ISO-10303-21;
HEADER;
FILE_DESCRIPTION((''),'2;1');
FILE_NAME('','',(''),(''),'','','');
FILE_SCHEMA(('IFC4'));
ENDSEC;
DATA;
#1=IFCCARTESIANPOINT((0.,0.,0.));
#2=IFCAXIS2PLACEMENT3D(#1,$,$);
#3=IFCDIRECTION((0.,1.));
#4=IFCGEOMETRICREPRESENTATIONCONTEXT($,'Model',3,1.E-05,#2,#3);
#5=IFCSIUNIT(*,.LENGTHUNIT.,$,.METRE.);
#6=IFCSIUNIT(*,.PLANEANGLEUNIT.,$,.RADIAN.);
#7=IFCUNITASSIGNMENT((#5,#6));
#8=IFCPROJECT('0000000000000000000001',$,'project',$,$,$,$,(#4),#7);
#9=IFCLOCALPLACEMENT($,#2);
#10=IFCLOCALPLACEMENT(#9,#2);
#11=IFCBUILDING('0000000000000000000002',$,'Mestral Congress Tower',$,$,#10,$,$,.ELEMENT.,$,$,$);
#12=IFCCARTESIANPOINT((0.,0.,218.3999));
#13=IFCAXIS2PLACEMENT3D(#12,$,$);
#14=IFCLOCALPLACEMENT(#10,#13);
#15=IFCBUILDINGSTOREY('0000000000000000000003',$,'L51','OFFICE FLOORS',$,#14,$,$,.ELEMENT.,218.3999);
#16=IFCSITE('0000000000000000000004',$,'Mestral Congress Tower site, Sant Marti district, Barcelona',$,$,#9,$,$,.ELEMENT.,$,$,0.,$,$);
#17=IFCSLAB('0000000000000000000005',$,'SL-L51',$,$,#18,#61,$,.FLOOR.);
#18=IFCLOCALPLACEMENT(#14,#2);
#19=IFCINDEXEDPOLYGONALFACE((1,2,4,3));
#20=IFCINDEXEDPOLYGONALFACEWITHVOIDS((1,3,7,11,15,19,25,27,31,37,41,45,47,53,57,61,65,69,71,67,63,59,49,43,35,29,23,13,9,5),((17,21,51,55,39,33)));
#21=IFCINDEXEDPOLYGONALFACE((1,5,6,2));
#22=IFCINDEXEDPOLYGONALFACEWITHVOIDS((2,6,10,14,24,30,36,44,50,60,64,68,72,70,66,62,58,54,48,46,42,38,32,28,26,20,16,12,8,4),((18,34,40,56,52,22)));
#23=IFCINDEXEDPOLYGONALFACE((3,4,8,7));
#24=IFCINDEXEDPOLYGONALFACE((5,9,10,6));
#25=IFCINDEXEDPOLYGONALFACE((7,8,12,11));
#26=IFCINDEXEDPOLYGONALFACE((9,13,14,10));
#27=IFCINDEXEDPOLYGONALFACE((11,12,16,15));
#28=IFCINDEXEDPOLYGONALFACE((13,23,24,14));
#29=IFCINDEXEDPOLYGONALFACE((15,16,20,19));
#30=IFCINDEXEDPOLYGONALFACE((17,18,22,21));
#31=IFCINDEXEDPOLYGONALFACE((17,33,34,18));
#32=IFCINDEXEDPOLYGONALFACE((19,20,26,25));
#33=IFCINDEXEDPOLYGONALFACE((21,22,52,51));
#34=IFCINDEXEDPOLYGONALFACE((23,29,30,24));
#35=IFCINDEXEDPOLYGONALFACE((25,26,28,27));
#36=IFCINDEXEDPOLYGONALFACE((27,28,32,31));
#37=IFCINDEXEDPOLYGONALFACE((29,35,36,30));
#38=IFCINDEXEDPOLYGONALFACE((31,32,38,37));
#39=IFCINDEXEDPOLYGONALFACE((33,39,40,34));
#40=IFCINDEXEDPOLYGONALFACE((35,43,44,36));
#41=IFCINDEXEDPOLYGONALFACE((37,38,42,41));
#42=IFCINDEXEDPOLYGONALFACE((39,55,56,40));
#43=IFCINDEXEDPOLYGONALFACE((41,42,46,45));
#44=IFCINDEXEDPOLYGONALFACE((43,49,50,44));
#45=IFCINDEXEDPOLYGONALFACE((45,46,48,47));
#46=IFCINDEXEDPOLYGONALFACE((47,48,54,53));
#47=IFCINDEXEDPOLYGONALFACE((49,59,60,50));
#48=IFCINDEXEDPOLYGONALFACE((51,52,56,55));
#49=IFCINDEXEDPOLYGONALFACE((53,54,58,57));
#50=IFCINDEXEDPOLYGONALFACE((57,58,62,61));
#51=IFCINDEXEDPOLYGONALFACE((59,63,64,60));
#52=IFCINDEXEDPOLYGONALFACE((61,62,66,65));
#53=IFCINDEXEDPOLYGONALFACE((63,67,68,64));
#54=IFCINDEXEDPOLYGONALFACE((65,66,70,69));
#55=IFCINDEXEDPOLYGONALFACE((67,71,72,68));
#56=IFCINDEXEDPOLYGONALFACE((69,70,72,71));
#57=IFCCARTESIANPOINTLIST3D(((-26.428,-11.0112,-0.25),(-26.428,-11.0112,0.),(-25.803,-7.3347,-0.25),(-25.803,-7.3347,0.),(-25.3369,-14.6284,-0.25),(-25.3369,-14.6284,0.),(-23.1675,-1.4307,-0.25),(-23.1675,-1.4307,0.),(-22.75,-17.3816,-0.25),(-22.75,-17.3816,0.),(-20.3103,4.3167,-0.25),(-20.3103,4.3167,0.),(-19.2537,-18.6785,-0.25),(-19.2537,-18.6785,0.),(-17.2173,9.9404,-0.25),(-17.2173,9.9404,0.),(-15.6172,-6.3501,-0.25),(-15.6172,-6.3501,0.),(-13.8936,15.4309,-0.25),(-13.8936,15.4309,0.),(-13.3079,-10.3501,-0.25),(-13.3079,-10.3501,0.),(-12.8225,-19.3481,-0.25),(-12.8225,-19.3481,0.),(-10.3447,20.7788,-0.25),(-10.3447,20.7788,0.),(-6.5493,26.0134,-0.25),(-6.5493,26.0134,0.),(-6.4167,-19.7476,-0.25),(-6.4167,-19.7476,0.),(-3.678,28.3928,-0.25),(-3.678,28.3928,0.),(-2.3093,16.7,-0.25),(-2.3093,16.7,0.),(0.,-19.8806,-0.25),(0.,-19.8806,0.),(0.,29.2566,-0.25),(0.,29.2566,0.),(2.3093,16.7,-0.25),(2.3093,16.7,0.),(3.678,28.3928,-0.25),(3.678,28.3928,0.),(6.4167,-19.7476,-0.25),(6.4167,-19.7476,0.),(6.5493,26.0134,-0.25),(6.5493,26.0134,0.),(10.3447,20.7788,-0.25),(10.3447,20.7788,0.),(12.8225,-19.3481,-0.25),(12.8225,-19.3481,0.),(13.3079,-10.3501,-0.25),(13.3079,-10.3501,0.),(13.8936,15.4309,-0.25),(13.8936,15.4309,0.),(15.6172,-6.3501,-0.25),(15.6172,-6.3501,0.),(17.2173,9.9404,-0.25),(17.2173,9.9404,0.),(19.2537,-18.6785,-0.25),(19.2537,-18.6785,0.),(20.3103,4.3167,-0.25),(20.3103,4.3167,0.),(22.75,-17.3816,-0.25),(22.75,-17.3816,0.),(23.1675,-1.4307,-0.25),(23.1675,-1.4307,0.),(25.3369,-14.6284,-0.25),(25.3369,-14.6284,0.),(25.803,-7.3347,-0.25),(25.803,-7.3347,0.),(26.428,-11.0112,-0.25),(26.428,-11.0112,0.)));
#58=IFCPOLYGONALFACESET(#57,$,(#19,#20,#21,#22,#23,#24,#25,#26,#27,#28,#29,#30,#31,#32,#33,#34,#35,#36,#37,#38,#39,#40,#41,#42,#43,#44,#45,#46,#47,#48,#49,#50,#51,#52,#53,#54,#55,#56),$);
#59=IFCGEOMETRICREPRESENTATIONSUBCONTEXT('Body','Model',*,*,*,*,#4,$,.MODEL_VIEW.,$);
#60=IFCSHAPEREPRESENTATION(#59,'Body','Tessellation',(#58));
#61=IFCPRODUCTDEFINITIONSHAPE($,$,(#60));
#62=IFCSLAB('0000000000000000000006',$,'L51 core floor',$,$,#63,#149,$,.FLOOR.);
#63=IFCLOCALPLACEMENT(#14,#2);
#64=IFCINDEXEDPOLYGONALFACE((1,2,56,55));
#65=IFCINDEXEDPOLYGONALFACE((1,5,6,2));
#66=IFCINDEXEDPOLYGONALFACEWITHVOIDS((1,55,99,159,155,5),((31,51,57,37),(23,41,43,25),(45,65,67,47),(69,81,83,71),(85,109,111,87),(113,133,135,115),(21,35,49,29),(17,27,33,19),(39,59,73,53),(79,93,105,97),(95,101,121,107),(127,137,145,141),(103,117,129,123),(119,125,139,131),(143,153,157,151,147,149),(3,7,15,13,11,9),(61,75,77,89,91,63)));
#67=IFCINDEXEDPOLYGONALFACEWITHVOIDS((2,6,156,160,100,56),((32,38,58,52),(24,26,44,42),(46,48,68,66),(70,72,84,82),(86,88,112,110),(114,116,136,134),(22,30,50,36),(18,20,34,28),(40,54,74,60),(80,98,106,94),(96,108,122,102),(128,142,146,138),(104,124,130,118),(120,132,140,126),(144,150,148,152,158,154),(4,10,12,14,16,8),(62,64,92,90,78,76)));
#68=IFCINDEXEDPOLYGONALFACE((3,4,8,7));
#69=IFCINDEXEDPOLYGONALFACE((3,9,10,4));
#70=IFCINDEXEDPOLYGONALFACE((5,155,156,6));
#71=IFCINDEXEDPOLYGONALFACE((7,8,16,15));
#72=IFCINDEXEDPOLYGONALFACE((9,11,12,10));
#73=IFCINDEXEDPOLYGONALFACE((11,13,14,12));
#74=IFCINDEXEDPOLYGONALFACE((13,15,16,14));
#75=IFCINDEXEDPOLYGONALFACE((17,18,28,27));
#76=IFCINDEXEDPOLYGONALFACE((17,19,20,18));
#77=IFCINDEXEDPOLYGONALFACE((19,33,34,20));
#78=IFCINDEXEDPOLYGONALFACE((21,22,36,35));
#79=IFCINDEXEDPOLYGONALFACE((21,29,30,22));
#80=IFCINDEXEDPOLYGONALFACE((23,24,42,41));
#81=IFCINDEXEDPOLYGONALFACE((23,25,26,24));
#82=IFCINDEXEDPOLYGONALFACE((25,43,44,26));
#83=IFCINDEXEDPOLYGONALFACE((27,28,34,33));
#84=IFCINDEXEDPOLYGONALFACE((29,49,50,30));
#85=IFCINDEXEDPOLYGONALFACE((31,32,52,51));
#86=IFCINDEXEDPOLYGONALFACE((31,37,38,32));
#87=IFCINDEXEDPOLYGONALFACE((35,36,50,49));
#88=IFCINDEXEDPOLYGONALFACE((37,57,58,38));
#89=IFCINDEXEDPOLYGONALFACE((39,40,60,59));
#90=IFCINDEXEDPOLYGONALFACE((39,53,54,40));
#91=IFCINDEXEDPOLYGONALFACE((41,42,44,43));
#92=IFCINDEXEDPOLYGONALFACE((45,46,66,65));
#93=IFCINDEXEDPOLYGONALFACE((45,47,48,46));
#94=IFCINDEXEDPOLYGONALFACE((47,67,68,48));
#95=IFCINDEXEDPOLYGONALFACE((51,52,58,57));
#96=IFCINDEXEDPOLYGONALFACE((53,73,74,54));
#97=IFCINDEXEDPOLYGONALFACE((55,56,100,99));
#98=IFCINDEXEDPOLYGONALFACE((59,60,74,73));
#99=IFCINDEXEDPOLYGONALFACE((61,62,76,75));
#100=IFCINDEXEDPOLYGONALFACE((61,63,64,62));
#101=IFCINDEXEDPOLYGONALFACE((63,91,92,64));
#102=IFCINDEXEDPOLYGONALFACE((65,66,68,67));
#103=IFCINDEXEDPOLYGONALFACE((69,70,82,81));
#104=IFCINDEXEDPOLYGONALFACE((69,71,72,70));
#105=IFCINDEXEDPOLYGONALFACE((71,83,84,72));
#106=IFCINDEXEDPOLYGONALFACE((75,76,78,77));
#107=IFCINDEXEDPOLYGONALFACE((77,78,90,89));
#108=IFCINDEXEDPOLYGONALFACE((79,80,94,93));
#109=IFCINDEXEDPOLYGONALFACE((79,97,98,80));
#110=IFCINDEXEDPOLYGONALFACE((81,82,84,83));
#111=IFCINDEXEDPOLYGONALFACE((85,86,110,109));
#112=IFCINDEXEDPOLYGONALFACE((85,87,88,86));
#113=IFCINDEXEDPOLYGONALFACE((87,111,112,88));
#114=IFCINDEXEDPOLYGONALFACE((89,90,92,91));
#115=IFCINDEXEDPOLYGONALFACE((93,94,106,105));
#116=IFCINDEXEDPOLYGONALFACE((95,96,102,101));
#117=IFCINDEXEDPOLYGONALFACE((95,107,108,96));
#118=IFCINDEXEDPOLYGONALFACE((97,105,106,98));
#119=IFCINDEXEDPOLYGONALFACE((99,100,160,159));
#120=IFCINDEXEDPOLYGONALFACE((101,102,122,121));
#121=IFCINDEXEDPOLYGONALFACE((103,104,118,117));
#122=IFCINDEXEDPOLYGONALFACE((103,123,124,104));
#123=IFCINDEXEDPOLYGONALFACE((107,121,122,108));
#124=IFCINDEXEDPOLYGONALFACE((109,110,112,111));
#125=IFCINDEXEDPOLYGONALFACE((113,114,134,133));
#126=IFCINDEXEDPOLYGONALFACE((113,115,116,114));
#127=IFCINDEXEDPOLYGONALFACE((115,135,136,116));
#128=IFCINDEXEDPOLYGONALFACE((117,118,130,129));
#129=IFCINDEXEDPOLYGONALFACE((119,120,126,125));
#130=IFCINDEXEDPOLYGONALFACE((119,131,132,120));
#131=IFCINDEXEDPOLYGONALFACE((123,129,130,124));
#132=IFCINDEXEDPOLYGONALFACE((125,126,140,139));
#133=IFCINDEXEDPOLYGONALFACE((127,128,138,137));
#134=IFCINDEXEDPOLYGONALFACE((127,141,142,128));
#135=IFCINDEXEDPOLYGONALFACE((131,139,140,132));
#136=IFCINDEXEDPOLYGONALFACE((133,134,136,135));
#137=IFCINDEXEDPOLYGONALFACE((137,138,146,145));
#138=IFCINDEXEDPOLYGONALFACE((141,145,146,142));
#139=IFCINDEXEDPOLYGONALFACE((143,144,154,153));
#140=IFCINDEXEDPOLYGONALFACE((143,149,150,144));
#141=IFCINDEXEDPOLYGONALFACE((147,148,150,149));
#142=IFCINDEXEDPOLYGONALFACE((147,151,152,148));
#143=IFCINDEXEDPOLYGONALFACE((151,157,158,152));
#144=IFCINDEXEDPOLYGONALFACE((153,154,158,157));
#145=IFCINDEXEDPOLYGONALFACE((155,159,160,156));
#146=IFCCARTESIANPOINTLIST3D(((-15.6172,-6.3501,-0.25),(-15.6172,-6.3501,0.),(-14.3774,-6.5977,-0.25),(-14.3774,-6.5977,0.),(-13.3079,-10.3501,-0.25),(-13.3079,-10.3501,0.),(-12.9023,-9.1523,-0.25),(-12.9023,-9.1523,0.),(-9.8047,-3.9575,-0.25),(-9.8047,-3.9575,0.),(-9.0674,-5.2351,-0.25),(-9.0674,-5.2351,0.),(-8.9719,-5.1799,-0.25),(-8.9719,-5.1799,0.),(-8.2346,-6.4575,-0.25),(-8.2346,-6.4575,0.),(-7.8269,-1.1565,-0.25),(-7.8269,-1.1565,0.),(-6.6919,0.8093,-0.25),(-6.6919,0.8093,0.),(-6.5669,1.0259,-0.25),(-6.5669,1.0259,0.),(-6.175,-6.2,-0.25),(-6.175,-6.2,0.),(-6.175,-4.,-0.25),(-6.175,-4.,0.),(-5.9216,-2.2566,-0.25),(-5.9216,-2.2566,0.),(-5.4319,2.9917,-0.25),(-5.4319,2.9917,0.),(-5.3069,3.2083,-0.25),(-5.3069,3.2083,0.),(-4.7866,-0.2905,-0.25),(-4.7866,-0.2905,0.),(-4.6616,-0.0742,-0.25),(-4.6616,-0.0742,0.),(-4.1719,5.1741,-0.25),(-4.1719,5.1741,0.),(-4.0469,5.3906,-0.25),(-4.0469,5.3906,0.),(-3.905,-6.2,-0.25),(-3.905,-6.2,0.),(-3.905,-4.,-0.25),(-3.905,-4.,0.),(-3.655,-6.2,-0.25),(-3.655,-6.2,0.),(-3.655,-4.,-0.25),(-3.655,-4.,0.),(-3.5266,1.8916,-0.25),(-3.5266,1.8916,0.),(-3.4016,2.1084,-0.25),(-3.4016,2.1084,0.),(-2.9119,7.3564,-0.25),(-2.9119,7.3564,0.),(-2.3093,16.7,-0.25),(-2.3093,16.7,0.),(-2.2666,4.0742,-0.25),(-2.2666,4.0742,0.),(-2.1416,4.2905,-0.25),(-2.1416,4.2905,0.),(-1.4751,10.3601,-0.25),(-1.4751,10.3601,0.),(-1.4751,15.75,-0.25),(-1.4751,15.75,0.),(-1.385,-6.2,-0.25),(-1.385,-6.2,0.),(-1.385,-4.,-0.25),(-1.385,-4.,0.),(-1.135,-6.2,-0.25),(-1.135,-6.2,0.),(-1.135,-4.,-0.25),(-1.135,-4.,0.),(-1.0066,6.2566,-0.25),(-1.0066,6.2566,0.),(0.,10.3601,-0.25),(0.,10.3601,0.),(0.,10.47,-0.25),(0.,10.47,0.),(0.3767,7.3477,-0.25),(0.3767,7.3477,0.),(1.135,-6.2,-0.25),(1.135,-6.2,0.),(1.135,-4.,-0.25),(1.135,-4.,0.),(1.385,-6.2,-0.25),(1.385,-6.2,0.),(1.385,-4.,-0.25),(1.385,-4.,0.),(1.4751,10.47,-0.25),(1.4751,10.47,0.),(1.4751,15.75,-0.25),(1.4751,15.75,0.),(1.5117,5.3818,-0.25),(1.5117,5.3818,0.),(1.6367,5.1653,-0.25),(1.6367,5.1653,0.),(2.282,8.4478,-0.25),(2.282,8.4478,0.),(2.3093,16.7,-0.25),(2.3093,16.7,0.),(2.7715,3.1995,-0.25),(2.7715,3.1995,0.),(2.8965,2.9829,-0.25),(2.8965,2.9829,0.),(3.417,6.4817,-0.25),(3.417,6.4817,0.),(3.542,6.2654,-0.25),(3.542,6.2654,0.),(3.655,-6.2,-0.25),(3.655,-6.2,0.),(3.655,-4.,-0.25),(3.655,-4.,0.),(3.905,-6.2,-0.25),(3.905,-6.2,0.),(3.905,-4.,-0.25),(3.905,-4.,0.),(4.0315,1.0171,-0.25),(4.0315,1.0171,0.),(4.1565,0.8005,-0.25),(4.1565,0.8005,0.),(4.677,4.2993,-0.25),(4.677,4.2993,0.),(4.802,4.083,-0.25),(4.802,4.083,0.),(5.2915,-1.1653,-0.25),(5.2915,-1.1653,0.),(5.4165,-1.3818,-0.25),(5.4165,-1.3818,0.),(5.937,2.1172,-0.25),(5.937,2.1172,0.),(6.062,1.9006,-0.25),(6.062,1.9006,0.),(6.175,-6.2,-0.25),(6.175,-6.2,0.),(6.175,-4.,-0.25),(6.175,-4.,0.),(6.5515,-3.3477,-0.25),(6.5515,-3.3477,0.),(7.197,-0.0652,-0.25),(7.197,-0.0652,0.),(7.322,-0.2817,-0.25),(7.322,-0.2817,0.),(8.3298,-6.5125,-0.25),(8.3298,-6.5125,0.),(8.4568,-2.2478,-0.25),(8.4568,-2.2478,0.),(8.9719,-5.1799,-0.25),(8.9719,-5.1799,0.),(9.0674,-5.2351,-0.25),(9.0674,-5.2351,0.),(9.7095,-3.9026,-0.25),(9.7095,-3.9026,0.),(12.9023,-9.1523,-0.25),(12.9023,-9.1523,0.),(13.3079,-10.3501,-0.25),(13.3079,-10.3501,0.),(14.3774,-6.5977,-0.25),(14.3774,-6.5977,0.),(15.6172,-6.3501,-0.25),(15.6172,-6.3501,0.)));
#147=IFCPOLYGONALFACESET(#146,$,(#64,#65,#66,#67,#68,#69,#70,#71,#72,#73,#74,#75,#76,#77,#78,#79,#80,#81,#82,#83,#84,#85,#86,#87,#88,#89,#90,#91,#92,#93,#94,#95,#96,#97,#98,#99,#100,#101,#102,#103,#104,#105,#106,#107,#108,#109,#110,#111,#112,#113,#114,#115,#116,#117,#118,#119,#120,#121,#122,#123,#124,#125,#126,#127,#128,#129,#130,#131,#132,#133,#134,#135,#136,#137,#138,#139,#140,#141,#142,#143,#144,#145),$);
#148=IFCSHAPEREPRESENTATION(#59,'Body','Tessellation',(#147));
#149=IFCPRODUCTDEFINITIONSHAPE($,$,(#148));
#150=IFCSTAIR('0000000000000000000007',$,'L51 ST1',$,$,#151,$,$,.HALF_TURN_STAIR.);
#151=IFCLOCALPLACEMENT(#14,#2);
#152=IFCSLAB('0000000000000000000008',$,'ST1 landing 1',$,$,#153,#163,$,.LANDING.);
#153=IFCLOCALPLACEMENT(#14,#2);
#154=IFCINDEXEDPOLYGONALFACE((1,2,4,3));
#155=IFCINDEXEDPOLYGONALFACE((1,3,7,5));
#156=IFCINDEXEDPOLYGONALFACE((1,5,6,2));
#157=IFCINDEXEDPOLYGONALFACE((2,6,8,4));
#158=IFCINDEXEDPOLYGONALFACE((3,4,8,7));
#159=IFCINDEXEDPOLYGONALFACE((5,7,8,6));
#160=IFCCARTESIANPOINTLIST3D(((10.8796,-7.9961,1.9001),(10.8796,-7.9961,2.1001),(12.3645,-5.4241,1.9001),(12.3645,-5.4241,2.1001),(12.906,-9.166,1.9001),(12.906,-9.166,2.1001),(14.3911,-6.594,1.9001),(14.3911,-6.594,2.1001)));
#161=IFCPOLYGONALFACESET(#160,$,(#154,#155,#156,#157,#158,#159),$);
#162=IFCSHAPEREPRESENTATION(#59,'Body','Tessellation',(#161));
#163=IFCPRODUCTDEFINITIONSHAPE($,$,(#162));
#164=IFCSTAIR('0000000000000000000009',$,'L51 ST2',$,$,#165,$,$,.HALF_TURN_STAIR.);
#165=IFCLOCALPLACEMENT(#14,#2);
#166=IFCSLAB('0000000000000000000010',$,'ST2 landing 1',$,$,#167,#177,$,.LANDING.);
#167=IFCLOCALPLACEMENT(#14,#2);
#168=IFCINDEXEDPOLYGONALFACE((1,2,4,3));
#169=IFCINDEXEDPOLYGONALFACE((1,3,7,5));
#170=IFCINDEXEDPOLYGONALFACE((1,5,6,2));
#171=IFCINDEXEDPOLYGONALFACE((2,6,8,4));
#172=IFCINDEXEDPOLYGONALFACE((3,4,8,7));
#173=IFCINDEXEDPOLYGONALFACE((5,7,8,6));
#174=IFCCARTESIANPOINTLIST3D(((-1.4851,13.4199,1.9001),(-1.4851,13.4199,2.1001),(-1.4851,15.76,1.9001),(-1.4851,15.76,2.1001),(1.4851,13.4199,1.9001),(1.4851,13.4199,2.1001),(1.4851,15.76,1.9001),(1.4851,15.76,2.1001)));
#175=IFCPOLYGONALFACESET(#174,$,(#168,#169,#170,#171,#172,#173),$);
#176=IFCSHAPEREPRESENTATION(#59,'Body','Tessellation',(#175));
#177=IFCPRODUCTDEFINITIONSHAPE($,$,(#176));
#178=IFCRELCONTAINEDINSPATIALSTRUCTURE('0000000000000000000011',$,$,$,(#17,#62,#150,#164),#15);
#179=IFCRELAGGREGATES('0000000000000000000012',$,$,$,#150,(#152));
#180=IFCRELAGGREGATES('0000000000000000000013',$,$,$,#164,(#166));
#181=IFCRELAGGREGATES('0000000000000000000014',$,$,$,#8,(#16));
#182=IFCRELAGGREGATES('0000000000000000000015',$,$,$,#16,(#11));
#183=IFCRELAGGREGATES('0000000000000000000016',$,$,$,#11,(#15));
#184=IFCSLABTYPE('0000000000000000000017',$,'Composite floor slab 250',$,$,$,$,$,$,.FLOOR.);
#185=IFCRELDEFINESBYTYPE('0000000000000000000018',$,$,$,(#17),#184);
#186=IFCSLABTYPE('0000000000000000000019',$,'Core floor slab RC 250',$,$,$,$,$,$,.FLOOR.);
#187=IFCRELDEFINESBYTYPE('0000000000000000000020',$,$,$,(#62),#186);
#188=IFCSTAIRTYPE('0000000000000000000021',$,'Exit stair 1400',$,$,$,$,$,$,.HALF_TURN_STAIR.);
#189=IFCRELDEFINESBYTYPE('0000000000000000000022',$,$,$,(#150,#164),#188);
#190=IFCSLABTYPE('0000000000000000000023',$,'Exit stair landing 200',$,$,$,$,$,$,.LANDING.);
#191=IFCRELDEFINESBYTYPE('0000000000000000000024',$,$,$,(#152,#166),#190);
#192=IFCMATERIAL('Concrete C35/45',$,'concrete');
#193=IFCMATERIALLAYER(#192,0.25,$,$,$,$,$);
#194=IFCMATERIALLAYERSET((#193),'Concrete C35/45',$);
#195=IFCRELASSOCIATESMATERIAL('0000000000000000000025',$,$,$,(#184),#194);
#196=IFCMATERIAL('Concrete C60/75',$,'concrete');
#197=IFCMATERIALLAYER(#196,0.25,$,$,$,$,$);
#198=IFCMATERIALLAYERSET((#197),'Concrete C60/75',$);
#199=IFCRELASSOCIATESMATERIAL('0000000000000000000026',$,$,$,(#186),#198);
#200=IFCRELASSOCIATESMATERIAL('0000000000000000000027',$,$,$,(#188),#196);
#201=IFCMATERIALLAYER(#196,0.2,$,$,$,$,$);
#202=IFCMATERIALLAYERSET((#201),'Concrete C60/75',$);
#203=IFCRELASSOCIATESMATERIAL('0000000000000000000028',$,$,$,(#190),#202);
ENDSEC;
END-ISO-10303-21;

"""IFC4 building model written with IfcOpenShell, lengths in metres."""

from ifc_helpers import new_model, si_unit, direction, frame, origin, place, context, subcontext, project, spatial, polyline, outline, extrude, material, layer, layer_set, type_object, element, aggregate, save


model = new_model("IFC4")

# Units and contexts
model_context = context("Model", 3, precision=1e-05, world=origin(), true_north=direction((0.0, 1.0)))
body_context = subcontext(model_context, "Body", "Model", "MODEL_VIEW")
ifc_project = project(units=[si_unit("LENGTHUNIT", "METRE"), si_unit("PLANEANGLEUNIT", "RADIAN")], contexts=[model_context])

# Site, building, storey
site_placement = place(None, origin())
site = spatial("IfcSite", under=ifc_project, at=site_placement, Name="Mestral Congress Tower site, Sant Marti district, Barcelona", CompositionType="ELEMENT", RefElevation=0.0)
building_placement = place(site_placement, origin())
building = spatial("IfcBuilding", under=site, at=building_placement, Name="Mestral Congress Tower", CompositionType="ELEMENT")
storey_placement = place(building_placement, frame((0.0, 0.0, 218.3999)))
storey = spatial("IfcBuildingStorey", under=building, at=storey_placement, Name="L51", Description="OFFICE FLOORS", CompositionType="ELEMENT", Elevation=218.3999)

# Slabs
ifc_material_1 = material(Name="Concrete C35/45", Category="concrete")
ifc_layer_1 = layer(ifc_material_1, 0.25)
ifc_layer_set_1 = layer_set([ifc_layer_1], Name="Concrete C35/45")
slab_type_1 = type_object("IfcSlabType", Name="Composite floor slab 250", PredefinedType="FLOOR", material=ifc_layer_set_1)
placement_1 = place(storey_placement, frame((0.0, 0.0, -0.25)))
element("IfcSlab", 1, at=placement_1, inside=storey, type_object=slab_type_1, Name="SL-L51", PredefinedType="FLOOR", context=body_context, shape_type="SweptSolid", body=[
    extrude(outline(polyline([(-19.2537, -18.6785), (-22.75, -17.3816), (-25.3369, -14.6284), (-26.428, -11.0112), (-25.803, -7.3347), (-23.1675, -1.4307), (-20.3103, 4.3167), (-17.2173, 9.9404), (-13.8936, 15.4309), (-10.3447, 20.7788), (-6.5493, 26.0134), (-3.678, 28.3928), (0.0, 29.2566), (3.678, 28.3928), (6.5493, 26.0134), (10.3447, 20.7788), (13.8936, 15.4309), (17.2173, 9.9404), (20.3103, 4.3167), (23.1675, -1.4307), (25.803, -7.3347), (26.428, -11.0112), (25.3369, -14.6284), (22.75, -17.3816), (19.2537, -18.6785), (12.8225, -19.3481), (6.4167, -19.7476), (0.0, -19.8806), (-6.4167, -19.7476), (-12.8225, -19.3481), (-19.2537, -18.6785)]), holes=[polyline([(-2.3093, 16.7), (-15.6172, -6.3501), (-13.3079, -10.3501), (13.3079, -10.3501), (15.6172, -6.3501), (2.3093, 16.7), (-2.3093, 16.7)])]), origin(), (0.0, 0.0, 1.0), 0.25),
])
ifc_material_2 = material(Name="Concrete C60/75", Category="concrete")
ifc_layer_2 = layer(ifc_material_2, 0.25)
ifc_layer_set_2 = layer_set([ifc_layer_2], Name="Concrete C60/75")
slab_type_2 = type_object("IfcSlabType", Name="Core floor slab RC 250", PredefinedType="FLOOR", material=ifc_layer_set_2)
element("IfcSlab", 2, at=placement_1, inside=storey, type_object=slab_type_2, Name="L51 core floor", PredefinedType="FLOOR", context=body_context, shape_type="SweptSolid", body=[
    extrude(outline(polyline([(13.3079, -10.3501), (-13.3079, -10.3501), (-15.6172, -6.3501), (-2.3093, 16.7), (2.3093, 16.7), (15.6172, -6.3501), (13.3079, -10.3501)]), holes=[polyline([(-9.8047, -3.9575), (-14.3774, -6.5977), (-12.9023, -9.1523), (-8.2346, -6.4575), (-8.9719, -5.1799), (-9.0674, -5.2351), (-9.8047, -3.9575)]), polyline([(-3.905, -4.0), (-6.175, -4.0), (-6.175, -6.2), (-3.905, -6.2), (-3.905, -4.0)]), polyline([(-1.385, -4.0), (-3.655, -4.0), (-3.655, -6.2), (-1.385, -6.2), (-1.385, -4.0)]), polyline([(1.135, -4.0), (-1.135, -4.0), (-1.135, -6.2), (1.135, -6.2), (1.135, -4.0)]), polyline([(-5.9216, -2.2566), (-4.7866, -0.2905), (-6.6919, 0.8093), (-7.8269, -1.1565), (-5.9216, -2.2566)]), polyline([(-4.6616, -0.0742), (-3.5266, 1.8916), (-5.4319, 2.9917), (-6.5669, 1.0259), (-4.6616, -0.0742)]), polyline([(-3.4016, 2.1084), (-2.2666, 4.0742), (-4.1719, 5.1741), (-5.3069, 3.2083), (-3.4016, 2.1084)]), polyline([(-2.1416, 4.2905), (-1.0066, 6.2566), (-2.9119, 7.3564), (-4.0469, 5.3906), (-2.1416, 4.2905)]), polyline([(1.4751, 10.47), (1.4751, 15.75), (-1.4751, 15.75), (-1.4751, 10.3601), (0.0, 10.3601), (0.0, 10.47), (1.4751, 10.47)]), polyline([(8.3298, -6.5125), (12.9023, -9.1523), (14.3774, -6.5977), (9.7095, -3.9026), (8.9719, -5.1799), (9.0674, -5.2351), (8.3298, -6.5125)]), polyline([(3.655, -4.0), (1.385, -4.0), (1.385, -6.2), (3.655, -6.2), (3.655, -4.0)]), polyline([(6.175, -4.0), (3.905, -4.0), (3.905, -6.2), (6.175, -6.2), (6.175, -4.0)]), polyline([(5.4165, -1.3818), (6.5515, -3.3477), (8.4568, -2.2478), (7.322, -0.2817), (5.4165, -1.3818)]), polyline([(4.1565, 0.8005), (5.2915, -1.1653), (7.197, -0.0652), (6.062, 1.9006), (4.1565, 0.8005)]), polyline([(2.8965, 2.9829), (4.0315, 1.0171), (5.937, 2.1172), (4.802, 4.083), (2.8965, 2.9829)]), polyline([(3.542, 6.2654), (1.6367, 5.1653), (2.7715, 3.1995), (4.677, 4.2993), (3.542, 6.2654)]), polyline([(2.282, 8.4478), (0.3767, 7.3477), (1.5117, 5.3818), (3.417, 6.4817), (2.282, 8.4478)])]), origin(), (0.0, 0.0, 1.0), 0.25),
])

# Stairs, slabs
stair_type = type_object("IfcStairType", Name="Exit stair 1400", PredefinedType="HALF_TURN_STAIR", material=ifc_material_2)
placement_2 = place(storey_placement, origin())
stair_1 = element("IfcStair", 3, at=placement_2, inside=storey, type_object=stair_type, Name="L51 ST1", PredefinedType="HALF_TURN_STAIR")
ifc_layer_3 = layer(ifc_material_2, 0.2)
ifc_layer_set_3 = layer_set([ifc_layer_3], Name="Concrete C60/75")
slab_type_3 = type_object("IfcSlabType", Name="Exit stair landing 200", PredefinedType="LANDING", material=ifc_layer_set_3)
placement_3 = place(storey_placement, frame((0.0, 0.0, 1.9001)))
slab_1 = element("IfcSlab", 4, at=placement_3, type_object=slab_type_3, Name="ST1 landing 1", PredefinedType="LANDING", context=body_context, shape_type="SweptSolid", body=[
    extrude(outline(polyline([(10.8796, -7.9961), (12.3645, -5.4241), (14.3911, -6.594), (12.906, -9.166), (10.8796, -7.9961)])), origin(), (0.0, 0.0, 1.0), 0.2),
])
aggregate(stair_1, [slab_1])
stair_2 = element("IfcStair", 5, at=placement_2, inside=storey, type_object=stair_type, Name="L51 ST2", PredefinedType="HALF_TURN_STAIR")
slab_2 = element("IfcSlab", 6, at=placement_3, type_object=slab_type_3, Name="ST2 landing 1", PredefinedType="LANDING", context=body_context, shape_type="SweptSolid", body=[
    extrude(outline(polyline([(1.4851, 13.4199), (-1.4851, 13.4199), (-1.4851, 15.76), (1.4851, 15.76), (1.4851, 13.4199)])), origin(), (0.0, 0.0, 1.0), 0.2),
])
aggregate(stair_2, [slab_2])

save(model, "model.ifc")
